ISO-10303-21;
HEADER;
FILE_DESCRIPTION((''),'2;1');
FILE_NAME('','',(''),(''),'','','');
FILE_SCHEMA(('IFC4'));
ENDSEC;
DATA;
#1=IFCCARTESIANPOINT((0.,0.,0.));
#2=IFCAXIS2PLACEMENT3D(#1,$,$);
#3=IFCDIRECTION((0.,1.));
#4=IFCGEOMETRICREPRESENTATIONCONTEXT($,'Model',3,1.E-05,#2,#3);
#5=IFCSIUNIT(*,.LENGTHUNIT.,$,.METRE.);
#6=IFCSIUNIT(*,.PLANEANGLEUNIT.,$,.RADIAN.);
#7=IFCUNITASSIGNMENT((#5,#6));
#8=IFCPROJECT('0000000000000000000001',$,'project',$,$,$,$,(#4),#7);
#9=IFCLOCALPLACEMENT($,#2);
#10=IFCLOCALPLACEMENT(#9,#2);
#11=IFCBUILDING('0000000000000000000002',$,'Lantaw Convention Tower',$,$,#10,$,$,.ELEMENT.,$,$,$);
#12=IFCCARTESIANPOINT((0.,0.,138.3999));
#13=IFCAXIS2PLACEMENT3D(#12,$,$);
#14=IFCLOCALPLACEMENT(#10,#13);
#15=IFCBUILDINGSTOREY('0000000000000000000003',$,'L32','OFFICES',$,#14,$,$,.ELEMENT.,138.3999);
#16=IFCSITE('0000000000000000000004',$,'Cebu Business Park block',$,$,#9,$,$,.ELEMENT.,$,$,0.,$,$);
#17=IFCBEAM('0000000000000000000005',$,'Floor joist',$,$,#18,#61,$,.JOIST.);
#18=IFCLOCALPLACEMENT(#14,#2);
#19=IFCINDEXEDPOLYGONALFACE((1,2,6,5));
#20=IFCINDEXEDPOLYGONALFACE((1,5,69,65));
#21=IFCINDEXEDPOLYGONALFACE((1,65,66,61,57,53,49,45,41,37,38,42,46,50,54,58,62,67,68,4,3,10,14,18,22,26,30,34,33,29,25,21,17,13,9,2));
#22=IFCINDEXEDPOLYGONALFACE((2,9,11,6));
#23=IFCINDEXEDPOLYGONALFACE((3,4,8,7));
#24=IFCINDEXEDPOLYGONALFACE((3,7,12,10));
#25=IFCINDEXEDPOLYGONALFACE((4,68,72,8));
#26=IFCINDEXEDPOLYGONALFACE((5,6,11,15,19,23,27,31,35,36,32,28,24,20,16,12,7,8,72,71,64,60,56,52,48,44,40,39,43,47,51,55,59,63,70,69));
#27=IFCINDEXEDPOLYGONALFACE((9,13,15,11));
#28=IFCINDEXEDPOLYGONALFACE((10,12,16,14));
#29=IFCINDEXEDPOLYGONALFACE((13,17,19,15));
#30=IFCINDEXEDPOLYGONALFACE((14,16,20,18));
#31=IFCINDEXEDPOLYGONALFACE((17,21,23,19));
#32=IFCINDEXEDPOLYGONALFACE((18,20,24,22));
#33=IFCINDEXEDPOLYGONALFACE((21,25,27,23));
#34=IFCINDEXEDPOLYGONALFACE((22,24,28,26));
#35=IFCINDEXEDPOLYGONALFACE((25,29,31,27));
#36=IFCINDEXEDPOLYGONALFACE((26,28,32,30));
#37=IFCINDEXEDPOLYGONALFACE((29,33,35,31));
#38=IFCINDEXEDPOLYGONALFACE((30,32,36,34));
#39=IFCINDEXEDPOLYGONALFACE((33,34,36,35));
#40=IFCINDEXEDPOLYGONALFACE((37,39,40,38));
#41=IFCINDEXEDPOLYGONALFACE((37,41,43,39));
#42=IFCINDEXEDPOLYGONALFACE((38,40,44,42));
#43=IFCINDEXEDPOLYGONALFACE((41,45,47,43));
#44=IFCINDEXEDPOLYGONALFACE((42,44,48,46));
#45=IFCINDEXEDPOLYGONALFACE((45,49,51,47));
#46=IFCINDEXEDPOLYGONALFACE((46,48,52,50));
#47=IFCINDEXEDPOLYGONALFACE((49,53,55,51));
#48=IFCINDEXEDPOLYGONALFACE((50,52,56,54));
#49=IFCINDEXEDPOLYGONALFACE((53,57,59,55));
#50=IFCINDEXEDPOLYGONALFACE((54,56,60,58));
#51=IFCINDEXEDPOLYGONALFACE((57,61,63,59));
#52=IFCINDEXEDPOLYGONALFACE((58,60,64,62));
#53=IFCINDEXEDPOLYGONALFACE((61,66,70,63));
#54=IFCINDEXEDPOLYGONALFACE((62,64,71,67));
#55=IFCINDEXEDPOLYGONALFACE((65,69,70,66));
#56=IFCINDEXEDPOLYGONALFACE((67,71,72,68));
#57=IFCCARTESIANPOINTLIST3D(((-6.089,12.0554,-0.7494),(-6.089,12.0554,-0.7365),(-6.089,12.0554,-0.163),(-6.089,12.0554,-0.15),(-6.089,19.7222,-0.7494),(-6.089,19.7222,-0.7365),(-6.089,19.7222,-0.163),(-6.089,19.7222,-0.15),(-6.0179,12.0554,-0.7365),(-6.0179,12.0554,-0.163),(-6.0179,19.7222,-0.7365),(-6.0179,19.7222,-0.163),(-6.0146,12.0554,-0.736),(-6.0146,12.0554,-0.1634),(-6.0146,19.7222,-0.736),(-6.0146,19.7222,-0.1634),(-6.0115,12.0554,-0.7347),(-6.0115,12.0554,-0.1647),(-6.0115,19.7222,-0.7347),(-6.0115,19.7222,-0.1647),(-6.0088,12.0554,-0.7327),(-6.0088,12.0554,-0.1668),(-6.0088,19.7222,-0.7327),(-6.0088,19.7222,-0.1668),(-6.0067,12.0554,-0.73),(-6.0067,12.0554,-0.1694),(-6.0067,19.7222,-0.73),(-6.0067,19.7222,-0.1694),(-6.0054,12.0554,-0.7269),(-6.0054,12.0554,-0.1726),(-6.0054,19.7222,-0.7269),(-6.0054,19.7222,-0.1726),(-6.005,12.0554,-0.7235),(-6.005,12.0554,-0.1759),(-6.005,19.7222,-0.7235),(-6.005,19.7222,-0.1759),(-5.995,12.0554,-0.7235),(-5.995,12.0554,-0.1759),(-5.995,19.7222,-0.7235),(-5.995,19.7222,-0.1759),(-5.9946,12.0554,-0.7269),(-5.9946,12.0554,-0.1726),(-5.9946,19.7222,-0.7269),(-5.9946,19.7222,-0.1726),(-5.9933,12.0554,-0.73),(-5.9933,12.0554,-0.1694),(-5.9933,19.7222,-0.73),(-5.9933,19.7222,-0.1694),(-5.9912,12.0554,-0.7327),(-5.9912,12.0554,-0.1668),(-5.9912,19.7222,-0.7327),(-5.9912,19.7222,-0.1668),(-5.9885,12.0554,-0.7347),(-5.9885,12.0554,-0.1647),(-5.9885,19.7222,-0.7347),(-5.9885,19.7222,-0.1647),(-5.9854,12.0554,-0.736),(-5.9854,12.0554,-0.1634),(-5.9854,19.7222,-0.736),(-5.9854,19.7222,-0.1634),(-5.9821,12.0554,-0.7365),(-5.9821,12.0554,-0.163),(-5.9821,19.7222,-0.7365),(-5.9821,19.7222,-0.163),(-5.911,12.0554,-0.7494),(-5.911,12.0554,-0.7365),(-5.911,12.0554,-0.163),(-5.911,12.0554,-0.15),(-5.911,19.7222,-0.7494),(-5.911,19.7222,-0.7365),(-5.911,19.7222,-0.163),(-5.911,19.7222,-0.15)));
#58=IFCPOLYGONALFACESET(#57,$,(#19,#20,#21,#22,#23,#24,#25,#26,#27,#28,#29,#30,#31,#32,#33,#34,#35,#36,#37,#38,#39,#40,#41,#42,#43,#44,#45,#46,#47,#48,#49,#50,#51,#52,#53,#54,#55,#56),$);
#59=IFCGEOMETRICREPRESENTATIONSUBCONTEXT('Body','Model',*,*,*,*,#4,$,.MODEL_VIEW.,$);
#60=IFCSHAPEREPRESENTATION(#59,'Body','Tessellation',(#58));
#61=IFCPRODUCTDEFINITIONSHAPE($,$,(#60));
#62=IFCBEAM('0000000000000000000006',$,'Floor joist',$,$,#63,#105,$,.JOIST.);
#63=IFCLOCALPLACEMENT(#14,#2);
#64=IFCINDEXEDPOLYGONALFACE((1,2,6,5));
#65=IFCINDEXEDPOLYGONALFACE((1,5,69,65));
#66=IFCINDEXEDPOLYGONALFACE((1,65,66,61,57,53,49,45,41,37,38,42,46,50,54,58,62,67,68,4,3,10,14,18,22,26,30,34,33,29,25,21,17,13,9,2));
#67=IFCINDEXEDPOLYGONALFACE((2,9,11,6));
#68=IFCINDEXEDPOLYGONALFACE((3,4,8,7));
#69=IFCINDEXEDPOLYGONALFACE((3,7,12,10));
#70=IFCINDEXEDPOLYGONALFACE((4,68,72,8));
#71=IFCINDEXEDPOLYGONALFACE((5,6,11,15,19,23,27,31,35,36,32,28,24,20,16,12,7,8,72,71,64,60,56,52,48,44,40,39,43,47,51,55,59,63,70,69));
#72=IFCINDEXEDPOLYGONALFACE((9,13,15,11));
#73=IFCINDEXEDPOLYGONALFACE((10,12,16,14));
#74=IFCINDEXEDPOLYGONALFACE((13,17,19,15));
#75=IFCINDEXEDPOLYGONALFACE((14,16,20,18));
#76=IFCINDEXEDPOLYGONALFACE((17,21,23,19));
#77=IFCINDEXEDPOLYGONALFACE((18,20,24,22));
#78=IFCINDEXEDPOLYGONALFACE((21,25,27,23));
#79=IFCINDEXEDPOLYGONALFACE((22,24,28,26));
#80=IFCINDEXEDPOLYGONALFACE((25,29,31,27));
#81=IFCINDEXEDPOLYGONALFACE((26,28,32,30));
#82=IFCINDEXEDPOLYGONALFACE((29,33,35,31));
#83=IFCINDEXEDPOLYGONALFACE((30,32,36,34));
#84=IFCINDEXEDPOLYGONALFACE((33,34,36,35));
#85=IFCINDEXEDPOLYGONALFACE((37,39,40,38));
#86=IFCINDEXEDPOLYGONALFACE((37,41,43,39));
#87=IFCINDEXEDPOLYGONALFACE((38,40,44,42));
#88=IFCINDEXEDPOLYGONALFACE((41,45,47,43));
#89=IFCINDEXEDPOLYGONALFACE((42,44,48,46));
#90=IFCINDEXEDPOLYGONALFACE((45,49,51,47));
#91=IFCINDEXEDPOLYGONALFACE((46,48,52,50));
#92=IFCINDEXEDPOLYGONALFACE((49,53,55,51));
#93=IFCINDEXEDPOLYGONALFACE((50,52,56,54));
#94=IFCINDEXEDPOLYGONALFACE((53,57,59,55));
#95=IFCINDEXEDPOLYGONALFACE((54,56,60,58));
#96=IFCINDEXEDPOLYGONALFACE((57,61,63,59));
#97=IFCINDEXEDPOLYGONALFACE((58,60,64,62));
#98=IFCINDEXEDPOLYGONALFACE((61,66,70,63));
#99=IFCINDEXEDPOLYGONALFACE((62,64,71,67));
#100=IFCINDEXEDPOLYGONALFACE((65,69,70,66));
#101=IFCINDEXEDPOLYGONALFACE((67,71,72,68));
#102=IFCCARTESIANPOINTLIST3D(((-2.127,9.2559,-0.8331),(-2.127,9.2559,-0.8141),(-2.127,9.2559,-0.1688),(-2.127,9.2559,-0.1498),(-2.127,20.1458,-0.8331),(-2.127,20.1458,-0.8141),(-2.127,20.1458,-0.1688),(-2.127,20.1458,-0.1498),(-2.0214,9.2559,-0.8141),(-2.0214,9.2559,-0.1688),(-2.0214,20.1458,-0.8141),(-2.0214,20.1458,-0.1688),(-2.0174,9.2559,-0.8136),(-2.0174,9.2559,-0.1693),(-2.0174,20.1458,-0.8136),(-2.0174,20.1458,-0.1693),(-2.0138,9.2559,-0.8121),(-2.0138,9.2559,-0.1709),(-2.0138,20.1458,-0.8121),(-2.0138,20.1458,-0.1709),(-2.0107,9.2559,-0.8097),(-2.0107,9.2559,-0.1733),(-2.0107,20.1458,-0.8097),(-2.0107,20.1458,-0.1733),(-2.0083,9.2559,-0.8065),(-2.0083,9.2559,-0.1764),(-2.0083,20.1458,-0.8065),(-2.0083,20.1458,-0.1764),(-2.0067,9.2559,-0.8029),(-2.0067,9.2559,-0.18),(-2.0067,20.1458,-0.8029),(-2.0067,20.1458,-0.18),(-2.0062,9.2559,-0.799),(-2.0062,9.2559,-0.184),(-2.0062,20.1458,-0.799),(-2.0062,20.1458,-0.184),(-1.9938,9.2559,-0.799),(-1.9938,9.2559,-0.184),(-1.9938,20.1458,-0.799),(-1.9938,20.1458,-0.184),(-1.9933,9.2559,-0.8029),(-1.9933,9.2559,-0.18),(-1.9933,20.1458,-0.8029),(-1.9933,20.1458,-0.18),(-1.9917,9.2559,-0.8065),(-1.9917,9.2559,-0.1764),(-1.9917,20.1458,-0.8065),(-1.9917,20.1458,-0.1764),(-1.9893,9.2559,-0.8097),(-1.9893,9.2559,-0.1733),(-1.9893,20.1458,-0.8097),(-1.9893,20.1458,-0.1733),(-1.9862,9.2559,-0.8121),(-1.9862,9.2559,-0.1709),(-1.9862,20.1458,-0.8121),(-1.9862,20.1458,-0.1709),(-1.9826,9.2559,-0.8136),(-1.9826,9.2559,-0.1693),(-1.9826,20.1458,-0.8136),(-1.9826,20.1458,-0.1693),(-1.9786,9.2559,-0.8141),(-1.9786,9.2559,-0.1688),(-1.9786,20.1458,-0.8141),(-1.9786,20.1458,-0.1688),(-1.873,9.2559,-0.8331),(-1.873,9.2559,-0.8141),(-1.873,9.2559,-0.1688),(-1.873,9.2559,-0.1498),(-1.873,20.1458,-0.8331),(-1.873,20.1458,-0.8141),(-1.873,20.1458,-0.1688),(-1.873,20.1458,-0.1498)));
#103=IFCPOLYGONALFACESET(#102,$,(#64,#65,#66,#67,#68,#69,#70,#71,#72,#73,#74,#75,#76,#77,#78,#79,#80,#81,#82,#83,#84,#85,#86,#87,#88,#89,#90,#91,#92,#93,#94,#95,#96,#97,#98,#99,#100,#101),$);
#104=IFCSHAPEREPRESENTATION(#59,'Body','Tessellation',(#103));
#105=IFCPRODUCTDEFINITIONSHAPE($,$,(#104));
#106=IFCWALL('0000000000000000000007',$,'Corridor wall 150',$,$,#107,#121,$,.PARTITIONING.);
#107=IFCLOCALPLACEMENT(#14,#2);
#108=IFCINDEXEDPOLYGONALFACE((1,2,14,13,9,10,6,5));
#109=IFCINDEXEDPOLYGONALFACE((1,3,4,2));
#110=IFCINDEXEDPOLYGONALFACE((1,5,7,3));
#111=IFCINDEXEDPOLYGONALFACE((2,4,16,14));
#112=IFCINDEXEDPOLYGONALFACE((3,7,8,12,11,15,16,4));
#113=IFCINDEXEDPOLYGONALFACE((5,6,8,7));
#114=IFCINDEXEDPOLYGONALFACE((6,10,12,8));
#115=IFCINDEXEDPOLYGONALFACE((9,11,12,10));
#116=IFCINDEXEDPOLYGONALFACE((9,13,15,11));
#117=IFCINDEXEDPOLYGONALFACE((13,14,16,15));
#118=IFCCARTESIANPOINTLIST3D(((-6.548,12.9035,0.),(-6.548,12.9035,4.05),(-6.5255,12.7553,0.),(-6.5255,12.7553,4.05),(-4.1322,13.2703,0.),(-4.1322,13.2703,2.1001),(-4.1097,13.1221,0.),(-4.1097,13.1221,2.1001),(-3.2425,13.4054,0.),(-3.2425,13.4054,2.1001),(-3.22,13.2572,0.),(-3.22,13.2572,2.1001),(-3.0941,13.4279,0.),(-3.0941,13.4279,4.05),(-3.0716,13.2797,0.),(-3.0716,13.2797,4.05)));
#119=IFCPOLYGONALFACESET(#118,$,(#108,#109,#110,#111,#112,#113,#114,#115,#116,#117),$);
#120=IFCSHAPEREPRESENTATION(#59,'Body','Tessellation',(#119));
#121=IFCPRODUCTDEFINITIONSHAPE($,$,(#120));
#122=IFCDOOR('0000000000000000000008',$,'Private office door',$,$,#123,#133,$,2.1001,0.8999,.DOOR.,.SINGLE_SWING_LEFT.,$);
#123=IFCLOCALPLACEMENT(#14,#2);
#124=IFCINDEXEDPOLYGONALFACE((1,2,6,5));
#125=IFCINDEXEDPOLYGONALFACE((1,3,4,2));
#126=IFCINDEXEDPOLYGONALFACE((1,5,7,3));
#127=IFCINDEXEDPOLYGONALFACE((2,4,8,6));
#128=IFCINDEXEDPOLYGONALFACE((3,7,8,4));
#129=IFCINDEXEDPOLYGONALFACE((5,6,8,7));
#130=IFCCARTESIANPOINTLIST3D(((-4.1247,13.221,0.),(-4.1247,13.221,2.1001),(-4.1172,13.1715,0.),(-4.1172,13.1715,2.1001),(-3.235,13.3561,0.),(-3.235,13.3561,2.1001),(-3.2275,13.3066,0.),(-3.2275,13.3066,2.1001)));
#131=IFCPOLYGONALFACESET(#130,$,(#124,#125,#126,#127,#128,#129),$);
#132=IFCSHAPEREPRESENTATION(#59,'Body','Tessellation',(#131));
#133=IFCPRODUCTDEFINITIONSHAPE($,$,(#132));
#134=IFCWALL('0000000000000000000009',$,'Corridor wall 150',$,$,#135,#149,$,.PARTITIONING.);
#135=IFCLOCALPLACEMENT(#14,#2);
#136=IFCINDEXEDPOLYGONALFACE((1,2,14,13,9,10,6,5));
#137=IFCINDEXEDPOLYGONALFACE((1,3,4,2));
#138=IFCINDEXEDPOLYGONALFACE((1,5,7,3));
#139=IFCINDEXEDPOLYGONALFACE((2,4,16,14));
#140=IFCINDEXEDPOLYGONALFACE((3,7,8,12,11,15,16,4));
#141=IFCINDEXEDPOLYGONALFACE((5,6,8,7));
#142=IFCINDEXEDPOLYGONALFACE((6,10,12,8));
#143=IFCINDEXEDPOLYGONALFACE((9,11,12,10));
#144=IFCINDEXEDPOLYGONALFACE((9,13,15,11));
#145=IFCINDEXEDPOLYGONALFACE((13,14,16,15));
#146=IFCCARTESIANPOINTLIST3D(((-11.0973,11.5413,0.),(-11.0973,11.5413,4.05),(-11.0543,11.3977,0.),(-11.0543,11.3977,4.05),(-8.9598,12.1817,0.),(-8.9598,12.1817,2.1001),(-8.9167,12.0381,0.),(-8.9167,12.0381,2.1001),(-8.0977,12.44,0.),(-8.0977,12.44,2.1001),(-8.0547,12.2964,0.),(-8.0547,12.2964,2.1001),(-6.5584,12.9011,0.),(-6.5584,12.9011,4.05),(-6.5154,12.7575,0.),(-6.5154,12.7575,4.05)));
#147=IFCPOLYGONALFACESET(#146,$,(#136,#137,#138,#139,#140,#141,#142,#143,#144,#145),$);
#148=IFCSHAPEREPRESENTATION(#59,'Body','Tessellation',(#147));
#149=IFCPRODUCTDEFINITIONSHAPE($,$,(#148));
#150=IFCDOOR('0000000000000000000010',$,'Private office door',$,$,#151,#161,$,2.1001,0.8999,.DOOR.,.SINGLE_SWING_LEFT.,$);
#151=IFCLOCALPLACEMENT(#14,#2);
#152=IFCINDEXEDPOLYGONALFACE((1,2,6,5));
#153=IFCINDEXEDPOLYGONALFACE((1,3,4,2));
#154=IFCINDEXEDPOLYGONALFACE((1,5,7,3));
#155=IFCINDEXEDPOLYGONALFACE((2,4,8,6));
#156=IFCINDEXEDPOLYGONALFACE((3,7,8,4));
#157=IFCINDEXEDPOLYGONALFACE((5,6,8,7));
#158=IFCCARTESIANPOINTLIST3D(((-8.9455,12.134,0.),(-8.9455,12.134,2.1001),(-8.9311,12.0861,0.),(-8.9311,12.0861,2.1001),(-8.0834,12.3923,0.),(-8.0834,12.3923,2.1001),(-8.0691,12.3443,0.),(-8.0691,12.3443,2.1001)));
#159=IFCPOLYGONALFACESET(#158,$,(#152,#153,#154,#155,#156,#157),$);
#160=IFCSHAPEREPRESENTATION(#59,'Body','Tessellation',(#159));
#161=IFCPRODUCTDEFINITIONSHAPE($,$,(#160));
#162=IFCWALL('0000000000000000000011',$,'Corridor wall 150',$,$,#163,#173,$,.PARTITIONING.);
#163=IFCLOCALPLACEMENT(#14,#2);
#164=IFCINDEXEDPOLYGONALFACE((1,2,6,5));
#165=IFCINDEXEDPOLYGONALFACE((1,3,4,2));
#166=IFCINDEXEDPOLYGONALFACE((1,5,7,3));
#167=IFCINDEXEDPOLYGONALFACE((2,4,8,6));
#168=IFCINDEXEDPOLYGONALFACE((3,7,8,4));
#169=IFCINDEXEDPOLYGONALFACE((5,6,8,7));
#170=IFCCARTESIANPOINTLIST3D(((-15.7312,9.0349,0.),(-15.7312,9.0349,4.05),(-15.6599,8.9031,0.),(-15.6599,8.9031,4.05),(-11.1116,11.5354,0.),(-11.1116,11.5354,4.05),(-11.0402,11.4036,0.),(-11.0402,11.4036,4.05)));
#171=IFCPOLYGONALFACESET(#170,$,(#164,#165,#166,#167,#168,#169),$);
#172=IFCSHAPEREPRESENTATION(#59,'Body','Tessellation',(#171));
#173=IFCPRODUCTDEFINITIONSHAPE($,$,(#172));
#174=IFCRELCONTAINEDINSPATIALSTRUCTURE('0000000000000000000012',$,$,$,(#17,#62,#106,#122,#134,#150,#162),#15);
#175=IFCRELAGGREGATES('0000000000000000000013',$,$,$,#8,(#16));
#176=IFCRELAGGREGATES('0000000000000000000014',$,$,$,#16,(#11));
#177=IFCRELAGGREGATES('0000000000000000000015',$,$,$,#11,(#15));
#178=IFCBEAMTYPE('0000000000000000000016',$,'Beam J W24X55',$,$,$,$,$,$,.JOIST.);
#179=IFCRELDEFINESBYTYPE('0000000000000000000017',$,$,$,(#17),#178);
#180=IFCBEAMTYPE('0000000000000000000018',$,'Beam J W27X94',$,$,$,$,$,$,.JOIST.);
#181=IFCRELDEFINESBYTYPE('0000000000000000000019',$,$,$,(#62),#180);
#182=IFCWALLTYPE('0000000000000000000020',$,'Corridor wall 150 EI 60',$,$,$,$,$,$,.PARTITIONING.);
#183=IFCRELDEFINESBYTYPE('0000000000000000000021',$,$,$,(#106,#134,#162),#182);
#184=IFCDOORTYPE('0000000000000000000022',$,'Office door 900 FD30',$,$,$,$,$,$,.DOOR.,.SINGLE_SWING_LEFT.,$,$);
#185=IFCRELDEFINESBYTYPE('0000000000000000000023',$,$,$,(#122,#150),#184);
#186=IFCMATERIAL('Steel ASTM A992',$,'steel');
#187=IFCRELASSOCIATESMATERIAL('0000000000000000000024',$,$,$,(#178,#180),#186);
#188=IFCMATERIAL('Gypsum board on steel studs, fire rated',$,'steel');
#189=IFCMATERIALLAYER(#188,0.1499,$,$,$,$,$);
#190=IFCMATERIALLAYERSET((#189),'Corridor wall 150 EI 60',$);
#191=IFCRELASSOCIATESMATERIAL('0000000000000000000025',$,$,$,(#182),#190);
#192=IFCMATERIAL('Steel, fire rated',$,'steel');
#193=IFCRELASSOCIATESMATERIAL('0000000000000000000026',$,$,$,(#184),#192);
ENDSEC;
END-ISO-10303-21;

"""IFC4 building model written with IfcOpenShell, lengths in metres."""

from ifc_helpers import new_model, si_unit, direction, frame, frame_2d, origin, origin_2d, place, context, subcontext, project, spatial, rectangle, i_section, extrude, material, layer, layer_set, material_profile, profile_set, type_object, element, fill, save


model = new_model("IFC4")

# Units and contexts
model_context = context("Model", 3, precision=1e-05, world=origin(), true_north=direction((0.0, 1.0)))
body_context = subcontext(model_context, "Body", "Model", "MODEL_VIEW")
ifc_project = project(units=[si_unit("LENGTHUNIT", "METRE"), si_unit("PLANEANGLEUNIT", "RADIAN")], contexts=[model_context])

# Site, building, storey
site_placement = place(None, origin())
site = spatial("IfcSite", under=ifc_project, at=site_placement, Name="Cebu Business Park block", CompositionType="ELEMENT", RefElevation=0.0)
building_placement = place(site_placement, origin())
building = spatial("IfcBuilding", under=site, at=building_placement, Name="Lantaw Convention Tower", CompositionType="ELEMENT")
storey_placement = place(building_placement, frame((0.0, 0.0, 138.3999)))
storey = spatial("IfcBuildingStorey", under=building, at=storey_placement, Name="L32", Description="OFFICES", CompositionType="ELEMENT", Elevation=138.3999)

# Beams
ifc_material_1 = material(Name="Steel ASTM A992", Category="steel")
ifc_material_profile_1 = material_profile(ifc_material_1, i_section(OverallWidth=0.178, OverallDepth=0.5994, WebThickness=0.01, FlangeThickness=0.0129, FilletRadius=0.0129, at=origin_2d()), Name="W24X55")
ifc_profile_set_1 = profile_set([ifc_material_profile_1], Name="Steel ASTM A992")
beam_type_1 = type_object("IfcBeamType", Name="Beam J W24X55", PredefinedType="JOIST", material=ifc_profile_set_1)
beam_1_placement = place(storey_placement, frame((-6.0, 12.0554, -0.4497), z_axis=(0.0, 1.0, 0.0), x_axis=(-1.0, 0.0, 0.0)))
element("IfcBeam", 1, at=beam_1_placement, inside=storey, type_object=beam_type_1, Name="Floor joist", PredefinedType="JOIST", context=body_context, shape_type="SweptSolid", body=[
    extrude(i_section(OverallWidth=0.178, OverallDepth=0.5994, WebThickness=0.01, FlangeThickness=0.0129, FilletRadius=0.0129, at=origin_2d()), origin(), (0.0, 0.0, 1.0), 7.6667),
])
ifc_material_profile_2 = material_profile(ifc_material_1, i_section(OverallWidth=0.2539, OverallDepth=0.6833, WebThickness=0.0125, FlangeThickness=0.019, FilletRadius=0.0151, at=origin_2d()), Name="W27X94")
ifc_profile_set_2 = profile_set([ifc_material_profile_2], Name="Steel ASTM A992")
beam_type_2 = type_object("IfcBeamType", Name="Beam J W27X94", PredefinedType="JOIST", material=ifc_profile_set_2)
beam_2_placement = place(storey_placement, frame((-2.0, 9.2559, -0.4915), z_axis=(0.0, 1.0, 0.0), x_axis=(-1.0, 0.0, 0.0)))
element("IfcBeam", 2, at=beam_2_placement, inside=storey, type_object=beam_type_2, Name="Floor joist", PredefinedType="JOIST", context=body_context, shape_type="SweptSolid", body=[
    extrude(i_section(OverallWidth=0.2539, OverallDepth=0.6833, WebThickness=0.0125, FlangeThickness=0.019, FilletRadius=0.0151, at=origin_2d()), origin(), (0.0, 0.0, 1.0), 10.8899),
])

# Walls, openings, doors
ifc_material_2 = material(Name="Gypsum board on steel studs, fire rated", Category="steel")
ifc_layer_1 = layer(ifc_material_2, 0.1499)
ifc_layer_set_1 = layer_set([ifc_layer_1], Name="Corridor wall 150 EI 60")
wall_type_1 = type_object("IfcWallType", Name="Corridor wall 150 EI 60", PredefinedType="PARTITIONING", material=ifc_layer_set_1)
wall_1_placement = place(storey_placement, frame((-3.083, 13.3538, 0.0), z_axis=(0.0, 0.0, 1.0), x_axis=(-0.988669, -0.150114, 0.0)))
wall_1 = element("IfcWall", 3, at=wall_1_placement, inside=storey, type_object=wall_type_1, Name="Corridor wall 150", PredefinedType="PARTITIONING", context=body_context, shape_type="SweptSolid", body=[
    extrude(rectangle(XDim=3.4934, YDim=0.1499, at=frame_2d((1.7466, 0.0))), origin(), (0.0, 0.0, 1.0), 4.05),
])
opening_1_placement = place(wall_1_placement, frame((0.1499, 0.0, 0.0)))
opening_1 = element("IfcOpeningElement", 4, at=opening_1_placement, cuts=wall_1, PredefinedType="OPENING", context=body_context, shape_type="SweptSolid", body=[
    extrude(rectangle(XDim=0.8999, YDim=2.1001, at=frame_2d((0.45, 1.05))), frame((0.0, 0.085, 0.0), z_axis=(0.0, -1.0, 0.0), x_axis=(1.0, 0.0, 0.0)), (0.0, 0.0, 1.0), 0.1699),
])
ifc_material_3 = material(Name="Steel, fire rated", Category="steel")
door_type_1 = type_object("IfcDoorType", Name="Office door 900 FD30", OperationType="SINGLE_SWING_LEFT", PredefinedType="DOOR", material=ifc_material_3)
door_1_placement = place(opening_1_placement, origin())
door_1 = element("IfcDoor", 5, at=door_1_placement, inside=storey, type_object=door_type_1, Name="Private office door", OperationType="SINGLE_SWING_LEFT", OverallHeight=2.1001, OverallWidth=0.8999, PredefinedType="DOOR", context=body_context, shape_type="SweptSolid", body=[
    extrude(rectangle(XDim=0.8999, YDim=2.1001, at=frame_2d((0.45, 1.05))), frame((0.0, 0.0249, 0.0), z_axis=(0.0, -1.0, 0.0), x_axis=(1.0, 0.0, 0.0)), (0.0, 0.0, 1.0), 0.05),
])
fill(opening_1, door_1)
wall_2_placement = place(storey_placement, frame((-6.5369, 12.8293, 0.0), z_axis=(0.0, 0.0, 1.0), x_axis=(-0.957934, -0.286989, 0.0)))
wall_2 = element("IfcWall", 6, at=wall_2_placement, inside=storey, type_object=wall_type_1, Name="Corridor wall 150", PredefinedType="PARTITIONING", context=body_context, shape_type="SweptSolid", body=[
    extrude(rectangle(XDim=4.7383, YDim=0.1499, at=frame_2d((2.3691, 0.0))), origin(), (0.0, 0.0, 1.0), 4.05),
])
opening_2_placement = place(wall_2_placement, frame((1.6069, 0.0, 0.0)))
opening_2 = element("IfcOpeningElement", 7, at=opening_2_placement, cuts=wall_2, PredefinedType="OPENING", context=body_context, shape_type="SweptSolid", body=[
    extrude(rectangle(XDim=0.8999, YDim=2.1001, at=frame_2d((0.45, 1.05))), frame((0.0, 0.085, 0.0), z_axis=(0.0, -1.0, 0.0), x_axis=(1.0, 0.0, 0.0)), (0.0, 0.0, 1.0), 0.1699),
])
door_2_placement = place(opening_2_placement, origin())
door_2 = element("IfcDoor", 8, at=door_2_placement, inside=storey, type_object=door_type_1, Name="Private office door", OperationType="SINGLE_SWING_LEFT", OverallHeight=2.1001, OverallWidth=0.8999, PredefinedType="DOOR", context=body_context, shape_type="SweptSolid", body=[
    extrude(rectangle(XDim=0.8999, YDim=2.1001, at=frame_2d((0.45, 1.05))), frame((0.0, 0.0249, 0.0), z_axis=(0.0, -1.0, 0.0), x_axis=(1.0, 0.0, 0.0)), (0.0, 0.0, 1.0), 0.05),
])
fill(opening_2, door_2)

# Wall
wall_3_placement = place(storey_placement, frame((-11.0759, 11.4695, 0.0), z_axis=(0.0, 0.0, 1.0), x_axis=(-0.879436, -0.476017, 0.0)))
element("IfcWall", 9, at=wall_3_placement, inside=storey, type_object=wall_type_1, Name="Corridor wall 150", PredefinedType="PARTITIONING", context=body_context, shape_type="SweptSolid", body=[
    extrude(rectangle(XDim=5.2529, YDim=0.1499, at=frame_2d((2.6265, 0.0))), origin(), (0.0, 0.0, 1.0), 4.05),
])

save(model, "model.ifc")
